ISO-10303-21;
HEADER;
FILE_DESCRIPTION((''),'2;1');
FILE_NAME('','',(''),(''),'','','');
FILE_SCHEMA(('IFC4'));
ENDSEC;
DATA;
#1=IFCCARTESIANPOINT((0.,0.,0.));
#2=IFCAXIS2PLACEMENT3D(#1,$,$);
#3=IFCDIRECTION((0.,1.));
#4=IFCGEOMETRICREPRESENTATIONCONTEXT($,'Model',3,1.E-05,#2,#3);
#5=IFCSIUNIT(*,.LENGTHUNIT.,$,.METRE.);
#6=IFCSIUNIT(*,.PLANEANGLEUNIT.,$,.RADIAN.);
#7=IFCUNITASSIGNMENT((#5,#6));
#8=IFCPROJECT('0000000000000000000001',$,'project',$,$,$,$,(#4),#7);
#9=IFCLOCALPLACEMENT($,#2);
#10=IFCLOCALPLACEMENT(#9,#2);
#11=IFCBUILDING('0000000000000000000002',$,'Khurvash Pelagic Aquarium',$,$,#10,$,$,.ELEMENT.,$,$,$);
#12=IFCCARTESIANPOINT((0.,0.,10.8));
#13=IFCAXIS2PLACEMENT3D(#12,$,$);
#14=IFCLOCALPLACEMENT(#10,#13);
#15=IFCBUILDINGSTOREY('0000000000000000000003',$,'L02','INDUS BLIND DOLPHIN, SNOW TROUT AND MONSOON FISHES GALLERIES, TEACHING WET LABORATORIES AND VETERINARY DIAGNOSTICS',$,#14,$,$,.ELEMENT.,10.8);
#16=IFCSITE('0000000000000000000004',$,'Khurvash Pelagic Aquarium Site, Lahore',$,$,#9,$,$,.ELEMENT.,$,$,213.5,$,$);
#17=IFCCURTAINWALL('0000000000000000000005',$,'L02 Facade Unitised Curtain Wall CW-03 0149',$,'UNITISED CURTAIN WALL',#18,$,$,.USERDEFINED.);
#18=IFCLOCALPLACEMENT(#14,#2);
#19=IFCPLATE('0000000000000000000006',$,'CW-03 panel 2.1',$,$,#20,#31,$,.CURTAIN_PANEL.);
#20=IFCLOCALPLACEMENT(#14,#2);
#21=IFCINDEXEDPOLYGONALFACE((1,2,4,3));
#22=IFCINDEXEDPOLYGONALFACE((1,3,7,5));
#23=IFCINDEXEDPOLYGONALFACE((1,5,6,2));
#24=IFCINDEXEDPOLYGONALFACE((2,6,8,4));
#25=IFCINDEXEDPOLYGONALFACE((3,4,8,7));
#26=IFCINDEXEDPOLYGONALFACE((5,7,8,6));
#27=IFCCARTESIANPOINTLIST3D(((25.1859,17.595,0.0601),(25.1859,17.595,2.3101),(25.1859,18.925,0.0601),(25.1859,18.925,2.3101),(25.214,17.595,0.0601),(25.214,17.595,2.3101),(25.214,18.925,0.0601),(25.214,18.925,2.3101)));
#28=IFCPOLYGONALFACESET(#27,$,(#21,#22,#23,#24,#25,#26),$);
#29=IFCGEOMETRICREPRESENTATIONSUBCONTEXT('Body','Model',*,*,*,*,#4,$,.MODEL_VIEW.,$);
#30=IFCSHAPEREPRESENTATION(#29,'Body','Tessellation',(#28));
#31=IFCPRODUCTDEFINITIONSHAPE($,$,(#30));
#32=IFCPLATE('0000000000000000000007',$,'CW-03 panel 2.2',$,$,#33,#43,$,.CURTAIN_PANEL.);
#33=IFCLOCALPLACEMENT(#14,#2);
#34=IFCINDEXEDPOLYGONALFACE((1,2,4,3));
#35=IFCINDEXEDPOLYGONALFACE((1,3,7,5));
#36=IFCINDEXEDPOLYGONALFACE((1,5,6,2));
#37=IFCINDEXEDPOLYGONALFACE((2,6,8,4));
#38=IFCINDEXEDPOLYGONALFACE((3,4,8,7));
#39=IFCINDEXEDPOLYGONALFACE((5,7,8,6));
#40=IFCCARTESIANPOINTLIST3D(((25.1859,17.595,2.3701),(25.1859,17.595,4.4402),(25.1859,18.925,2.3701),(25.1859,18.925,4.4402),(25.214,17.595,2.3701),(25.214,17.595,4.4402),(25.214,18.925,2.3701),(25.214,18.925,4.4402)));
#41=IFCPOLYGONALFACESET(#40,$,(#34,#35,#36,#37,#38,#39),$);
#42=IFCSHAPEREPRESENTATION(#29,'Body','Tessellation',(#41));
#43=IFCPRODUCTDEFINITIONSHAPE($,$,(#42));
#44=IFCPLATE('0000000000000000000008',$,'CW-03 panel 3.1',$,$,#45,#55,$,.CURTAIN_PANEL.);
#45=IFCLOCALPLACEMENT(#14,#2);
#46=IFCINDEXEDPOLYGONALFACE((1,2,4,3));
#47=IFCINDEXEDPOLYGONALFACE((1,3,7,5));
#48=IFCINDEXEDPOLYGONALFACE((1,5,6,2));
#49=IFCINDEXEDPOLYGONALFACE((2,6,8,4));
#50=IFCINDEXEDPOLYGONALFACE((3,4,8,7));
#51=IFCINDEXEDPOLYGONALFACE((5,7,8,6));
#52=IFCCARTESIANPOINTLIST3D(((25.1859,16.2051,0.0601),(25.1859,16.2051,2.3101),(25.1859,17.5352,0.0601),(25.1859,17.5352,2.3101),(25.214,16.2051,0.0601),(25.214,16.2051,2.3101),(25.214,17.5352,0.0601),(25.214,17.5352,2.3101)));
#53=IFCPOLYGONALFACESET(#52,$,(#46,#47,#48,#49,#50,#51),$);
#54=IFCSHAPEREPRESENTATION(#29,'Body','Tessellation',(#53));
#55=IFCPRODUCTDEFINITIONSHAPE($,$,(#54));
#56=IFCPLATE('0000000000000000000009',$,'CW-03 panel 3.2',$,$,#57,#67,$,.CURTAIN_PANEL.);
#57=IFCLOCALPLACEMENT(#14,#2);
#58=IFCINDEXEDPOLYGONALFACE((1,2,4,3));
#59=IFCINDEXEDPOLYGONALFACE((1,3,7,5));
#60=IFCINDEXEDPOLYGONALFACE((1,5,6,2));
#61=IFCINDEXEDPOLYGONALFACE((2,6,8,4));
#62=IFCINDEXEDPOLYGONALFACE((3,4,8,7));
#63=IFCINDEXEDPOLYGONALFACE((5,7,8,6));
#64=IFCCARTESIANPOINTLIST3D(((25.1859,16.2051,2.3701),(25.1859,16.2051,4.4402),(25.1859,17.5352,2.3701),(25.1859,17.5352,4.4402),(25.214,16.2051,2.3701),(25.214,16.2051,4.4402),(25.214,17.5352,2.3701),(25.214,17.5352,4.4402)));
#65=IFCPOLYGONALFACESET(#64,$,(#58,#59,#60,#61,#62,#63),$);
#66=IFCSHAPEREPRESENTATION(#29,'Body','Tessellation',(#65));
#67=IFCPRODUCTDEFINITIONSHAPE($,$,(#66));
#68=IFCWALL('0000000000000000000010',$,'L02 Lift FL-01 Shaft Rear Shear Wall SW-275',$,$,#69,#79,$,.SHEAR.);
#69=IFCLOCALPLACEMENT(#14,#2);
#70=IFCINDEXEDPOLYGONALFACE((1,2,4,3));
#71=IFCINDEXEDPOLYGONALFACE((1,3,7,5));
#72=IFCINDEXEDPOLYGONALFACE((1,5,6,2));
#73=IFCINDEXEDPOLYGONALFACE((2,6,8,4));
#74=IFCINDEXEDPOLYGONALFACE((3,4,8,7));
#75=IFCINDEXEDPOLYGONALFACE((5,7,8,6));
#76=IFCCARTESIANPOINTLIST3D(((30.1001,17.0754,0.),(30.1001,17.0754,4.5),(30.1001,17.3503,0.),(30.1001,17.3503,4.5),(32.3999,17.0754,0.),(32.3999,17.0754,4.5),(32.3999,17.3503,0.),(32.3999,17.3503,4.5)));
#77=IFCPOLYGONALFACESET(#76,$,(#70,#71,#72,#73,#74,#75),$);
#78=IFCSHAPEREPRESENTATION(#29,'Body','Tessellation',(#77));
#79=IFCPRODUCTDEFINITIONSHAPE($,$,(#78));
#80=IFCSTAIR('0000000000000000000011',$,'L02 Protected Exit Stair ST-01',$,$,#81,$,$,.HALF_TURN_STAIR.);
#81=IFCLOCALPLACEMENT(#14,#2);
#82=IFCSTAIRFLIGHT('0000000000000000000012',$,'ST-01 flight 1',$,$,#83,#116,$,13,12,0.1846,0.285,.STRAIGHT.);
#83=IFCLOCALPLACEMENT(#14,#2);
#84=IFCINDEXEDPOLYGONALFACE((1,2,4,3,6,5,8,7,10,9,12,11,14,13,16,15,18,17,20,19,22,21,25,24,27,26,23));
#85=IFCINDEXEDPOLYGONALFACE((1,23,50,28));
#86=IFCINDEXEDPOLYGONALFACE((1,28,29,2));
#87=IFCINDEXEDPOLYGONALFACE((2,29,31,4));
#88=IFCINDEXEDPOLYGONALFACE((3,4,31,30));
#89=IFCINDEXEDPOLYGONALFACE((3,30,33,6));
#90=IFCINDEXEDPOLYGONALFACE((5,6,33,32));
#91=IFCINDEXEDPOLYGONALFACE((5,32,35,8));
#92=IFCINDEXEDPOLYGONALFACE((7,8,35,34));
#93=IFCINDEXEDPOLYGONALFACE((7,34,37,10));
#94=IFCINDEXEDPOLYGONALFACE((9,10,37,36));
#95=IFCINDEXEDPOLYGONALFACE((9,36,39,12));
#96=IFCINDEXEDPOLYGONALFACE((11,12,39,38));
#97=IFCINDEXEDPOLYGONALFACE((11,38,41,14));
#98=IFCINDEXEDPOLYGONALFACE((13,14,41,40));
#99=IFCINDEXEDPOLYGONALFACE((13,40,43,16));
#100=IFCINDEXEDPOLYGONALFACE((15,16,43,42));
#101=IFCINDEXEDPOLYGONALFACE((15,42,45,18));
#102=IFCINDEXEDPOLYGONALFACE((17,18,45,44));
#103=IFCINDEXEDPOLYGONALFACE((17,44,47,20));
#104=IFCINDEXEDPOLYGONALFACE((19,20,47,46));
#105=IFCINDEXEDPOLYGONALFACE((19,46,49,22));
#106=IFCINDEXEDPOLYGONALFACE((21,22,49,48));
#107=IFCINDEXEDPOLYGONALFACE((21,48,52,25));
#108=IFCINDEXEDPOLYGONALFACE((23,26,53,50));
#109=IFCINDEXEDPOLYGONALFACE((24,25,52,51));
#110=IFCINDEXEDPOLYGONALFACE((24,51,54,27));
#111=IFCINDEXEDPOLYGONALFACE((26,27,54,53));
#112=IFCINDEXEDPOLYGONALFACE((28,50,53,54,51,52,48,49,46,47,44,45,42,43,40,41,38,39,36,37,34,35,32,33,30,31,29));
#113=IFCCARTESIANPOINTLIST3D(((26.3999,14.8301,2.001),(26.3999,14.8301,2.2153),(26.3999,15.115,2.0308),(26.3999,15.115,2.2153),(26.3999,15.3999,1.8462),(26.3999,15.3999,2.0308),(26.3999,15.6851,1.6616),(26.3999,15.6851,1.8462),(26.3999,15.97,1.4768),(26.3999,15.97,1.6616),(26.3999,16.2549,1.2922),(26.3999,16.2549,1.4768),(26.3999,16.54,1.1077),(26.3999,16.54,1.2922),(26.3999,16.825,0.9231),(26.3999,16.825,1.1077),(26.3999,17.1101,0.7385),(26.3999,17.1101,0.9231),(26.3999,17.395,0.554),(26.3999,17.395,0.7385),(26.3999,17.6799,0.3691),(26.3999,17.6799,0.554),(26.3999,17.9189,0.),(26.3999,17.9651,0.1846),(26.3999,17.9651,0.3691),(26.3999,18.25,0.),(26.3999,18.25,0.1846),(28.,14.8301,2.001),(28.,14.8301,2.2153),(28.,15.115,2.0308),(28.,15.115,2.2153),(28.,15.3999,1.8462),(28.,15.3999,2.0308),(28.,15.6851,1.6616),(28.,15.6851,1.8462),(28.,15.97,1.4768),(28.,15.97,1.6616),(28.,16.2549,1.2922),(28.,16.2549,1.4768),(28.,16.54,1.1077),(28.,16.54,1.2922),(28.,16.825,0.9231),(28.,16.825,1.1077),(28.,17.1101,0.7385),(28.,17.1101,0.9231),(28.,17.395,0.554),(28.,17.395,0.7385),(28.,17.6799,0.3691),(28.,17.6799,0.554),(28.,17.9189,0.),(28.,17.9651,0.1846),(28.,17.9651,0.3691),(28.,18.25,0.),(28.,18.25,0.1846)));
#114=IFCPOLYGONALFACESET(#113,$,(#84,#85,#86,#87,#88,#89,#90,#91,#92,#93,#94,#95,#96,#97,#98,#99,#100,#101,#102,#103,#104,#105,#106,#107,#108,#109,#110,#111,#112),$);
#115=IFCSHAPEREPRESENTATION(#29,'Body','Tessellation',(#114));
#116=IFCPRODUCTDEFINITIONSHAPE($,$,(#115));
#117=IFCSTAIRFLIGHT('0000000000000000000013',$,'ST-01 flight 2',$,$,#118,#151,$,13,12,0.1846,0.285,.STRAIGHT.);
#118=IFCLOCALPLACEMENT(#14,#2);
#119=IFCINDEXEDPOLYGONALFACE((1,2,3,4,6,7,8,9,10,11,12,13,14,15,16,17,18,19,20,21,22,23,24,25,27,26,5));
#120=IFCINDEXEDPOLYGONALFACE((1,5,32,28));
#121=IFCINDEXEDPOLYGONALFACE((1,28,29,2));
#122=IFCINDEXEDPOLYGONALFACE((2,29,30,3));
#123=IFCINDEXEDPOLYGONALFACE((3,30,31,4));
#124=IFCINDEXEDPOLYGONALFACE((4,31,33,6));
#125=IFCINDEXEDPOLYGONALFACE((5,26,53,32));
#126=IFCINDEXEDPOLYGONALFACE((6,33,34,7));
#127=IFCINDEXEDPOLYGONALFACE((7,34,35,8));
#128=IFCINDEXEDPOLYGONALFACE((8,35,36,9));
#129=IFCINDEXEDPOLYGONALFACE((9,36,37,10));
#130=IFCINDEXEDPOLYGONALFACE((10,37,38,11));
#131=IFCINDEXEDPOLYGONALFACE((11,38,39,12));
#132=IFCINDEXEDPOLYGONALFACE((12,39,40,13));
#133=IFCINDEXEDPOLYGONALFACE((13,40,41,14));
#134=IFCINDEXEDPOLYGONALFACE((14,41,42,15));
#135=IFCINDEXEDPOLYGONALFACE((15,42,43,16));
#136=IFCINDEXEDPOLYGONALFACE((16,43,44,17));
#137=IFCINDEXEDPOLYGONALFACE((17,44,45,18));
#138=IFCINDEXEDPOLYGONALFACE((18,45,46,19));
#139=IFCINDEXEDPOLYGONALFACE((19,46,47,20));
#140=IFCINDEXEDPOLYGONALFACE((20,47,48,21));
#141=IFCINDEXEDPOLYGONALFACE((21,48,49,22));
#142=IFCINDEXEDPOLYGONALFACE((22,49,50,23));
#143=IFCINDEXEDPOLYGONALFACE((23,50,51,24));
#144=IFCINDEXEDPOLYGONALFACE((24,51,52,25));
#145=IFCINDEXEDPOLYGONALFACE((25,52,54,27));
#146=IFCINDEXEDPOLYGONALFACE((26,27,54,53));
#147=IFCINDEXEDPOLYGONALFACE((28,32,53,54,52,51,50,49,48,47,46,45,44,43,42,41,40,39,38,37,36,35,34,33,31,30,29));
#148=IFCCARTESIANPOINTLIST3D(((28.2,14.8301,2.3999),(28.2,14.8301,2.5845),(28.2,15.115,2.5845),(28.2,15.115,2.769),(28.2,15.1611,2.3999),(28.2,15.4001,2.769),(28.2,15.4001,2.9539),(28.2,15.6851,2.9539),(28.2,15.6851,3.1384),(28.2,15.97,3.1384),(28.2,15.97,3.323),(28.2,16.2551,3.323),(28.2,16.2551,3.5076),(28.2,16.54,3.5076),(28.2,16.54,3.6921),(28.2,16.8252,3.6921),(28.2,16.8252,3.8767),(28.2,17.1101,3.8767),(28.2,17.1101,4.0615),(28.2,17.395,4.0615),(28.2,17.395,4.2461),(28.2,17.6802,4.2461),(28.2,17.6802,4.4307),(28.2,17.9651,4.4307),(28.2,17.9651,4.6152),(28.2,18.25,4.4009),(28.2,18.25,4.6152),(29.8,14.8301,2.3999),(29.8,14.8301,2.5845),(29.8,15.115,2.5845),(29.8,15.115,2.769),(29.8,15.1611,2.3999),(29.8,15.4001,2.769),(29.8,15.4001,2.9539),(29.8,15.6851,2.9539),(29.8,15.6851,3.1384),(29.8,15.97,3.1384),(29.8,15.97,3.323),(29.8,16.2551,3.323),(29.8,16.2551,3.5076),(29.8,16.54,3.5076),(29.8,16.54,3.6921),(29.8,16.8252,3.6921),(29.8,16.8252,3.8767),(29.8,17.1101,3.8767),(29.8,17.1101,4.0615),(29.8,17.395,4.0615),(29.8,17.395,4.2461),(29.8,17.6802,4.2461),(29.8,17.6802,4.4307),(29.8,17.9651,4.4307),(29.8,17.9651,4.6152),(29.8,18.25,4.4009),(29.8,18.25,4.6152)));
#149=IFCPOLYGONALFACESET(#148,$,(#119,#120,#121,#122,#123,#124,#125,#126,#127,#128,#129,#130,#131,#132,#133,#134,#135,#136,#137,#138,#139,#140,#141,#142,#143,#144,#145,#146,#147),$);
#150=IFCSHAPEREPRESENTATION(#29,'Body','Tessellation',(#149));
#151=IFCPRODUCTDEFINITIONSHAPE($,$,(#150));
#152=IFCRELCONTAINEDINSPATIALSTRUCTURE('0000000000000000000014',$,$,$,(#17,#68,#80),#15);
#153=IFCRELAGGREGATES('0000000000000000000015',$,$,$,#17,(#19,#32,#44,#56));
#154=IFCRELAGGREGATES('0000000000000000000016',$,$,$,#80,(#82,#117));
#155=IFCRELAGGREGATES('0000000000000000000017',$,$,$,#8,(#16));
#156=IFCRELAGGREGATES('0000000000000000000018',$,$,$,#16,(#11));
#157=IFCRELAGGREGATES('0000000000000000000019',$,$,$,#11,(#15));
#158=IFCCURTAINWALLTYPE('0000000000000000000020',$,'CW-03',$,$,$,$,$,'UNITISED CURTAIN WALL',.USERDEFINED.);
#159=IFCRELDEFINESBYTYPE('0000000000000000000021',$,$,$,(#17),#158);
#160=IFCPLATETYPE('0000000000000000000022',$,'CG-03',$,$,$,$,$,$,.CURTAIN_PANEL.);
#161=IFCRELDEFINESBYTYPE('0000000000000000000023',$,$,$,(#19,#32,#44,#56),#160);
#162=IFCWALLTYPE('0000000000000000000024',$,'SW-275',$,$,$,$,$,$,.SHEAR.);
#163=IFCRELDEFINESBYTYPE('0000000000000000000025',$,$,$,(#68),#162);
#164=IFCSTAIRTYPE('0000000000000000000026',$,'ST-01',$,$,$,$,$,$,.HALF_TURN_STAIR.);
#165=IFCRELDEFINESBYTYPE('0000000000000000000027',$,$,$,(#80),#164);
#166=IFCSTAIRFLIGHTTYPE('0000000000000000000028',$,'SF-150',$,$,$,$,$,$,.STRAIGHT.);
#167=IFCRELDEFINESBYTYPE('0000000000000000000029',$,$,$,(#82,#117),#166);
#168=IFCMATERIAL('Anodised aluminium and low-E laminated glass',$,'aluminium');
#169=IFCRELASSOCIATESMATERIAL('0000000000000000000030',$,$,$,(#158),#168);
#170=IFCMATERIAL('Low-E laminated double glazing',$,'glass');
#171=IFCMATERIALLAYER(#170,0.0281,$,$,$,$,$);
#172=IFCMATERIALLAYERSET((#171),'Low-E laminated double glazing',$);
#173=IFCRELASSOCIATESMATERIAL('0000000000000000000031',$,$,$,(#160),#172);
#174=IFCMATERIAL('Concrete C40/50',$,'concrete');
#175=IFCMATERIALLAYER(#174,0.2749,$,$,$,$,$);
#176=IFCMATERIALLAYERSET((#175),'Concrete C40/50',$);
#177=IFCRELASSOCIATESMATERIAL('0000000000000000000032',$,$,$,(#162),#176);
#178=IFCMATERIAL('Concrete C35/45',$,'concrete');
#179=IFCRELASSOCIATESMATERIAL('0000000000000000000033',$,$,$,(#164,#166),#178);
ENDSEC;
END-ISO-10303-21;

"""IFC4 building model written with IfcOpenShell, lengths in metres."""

from ifc_helpers import new_model, si_unit, direction, frame, frame_2d, origin, origin_2d, place, context, subcontext, project, spatial, polyline, rectangle, outline, extrude, material, layer, layer_set, type_object, element, aggregate, save


model = new_model("IFC4")

# Units and contexts
model_context = context("Model", 3, precision=1e-05, world=origin(), true_north=direction((0.0, 1.0)))
body_context = subcontext(model_context, "Body", "Model", "MODEL_VIEW")
ifc_project = project(units=[si_unit("LENGTHUNIT", "METRE"), si_unit("PLANEANGLEUNIT", "RADIAN")], contexts=[model_context])

# Site, building, storey
site_placement = place(None, origin())
site = spatial("IfcSite", under=ifc_project, at=site_placement, Name="Khurvash Pelagic Aquarium Site, Lahore", CompositionType="ELEMENT", RefElevation=213.5)
building_placement = place(site_placement, origin())
building = spatial("IfcBuilding", under=site, at=building_placement, Name="Khurvash Pelagic Aquarium", CompositionType="ELEMENT")
storey_placement = place(building_placement, frame((0.0, 0.0, 10.8)))
storey = spatial("IfcBuildingStorey", under=building, at=storey_placement, Name="L02", Description="INDUS BLIND DOLPHIN, SNOW TROUT AND MONSOON FISHES GALLERIES, TEACHING WET LABORATORIES AND VETERINARY DIAGNOSTICS", CompositionType="ELEMENT", Elevation=10.8)

# Shared definitions
ifc_material_1 = material(Name="Concrete C35/45", Category="concrete")

# Curtain wall
ifc_material_2 = material(Name="Anodised aluminium and low-E laminated glass", Category="aluminium")
curtain_wall_type = type_object("IfcCurtainWallType", Name="CW-03", ElementType="UNITISED CURTAIN WALL", PredefinedType="USERDEFINED", material=ifc_material_2)
curtain_wall_placement = place(storey_placement, origin())
curtain_wall = element("IfcCurtainWall", 1, at=curtain_wall_placement, inside=storey, type_object=curtain_wall_type, Name="L02 Facade Unitised Curtain Wall CW-03 0149", ObjectType="UNITISED CURTAIN WALL", PredefinedType="USERDEFINED")

# Plates
ifc_material_3 = material(Name="Low-E laminated double glazing", Category="glass")
ifc_layer_1 = layer(ifc_material_3, 0.0281)
ifc_layer_set_1 = layer_set([ifc_layer_1], Name="Low-E laminated double glazing")
plate_type = type_object("IfcPlateType", Name="CG-03", PredefinedType="CURTAIN_PANEL", material=ifc_layer_set_1)
plate_1_placement = place(storey_placement, frame((25.2, 18.26, 0.0601), z_axis=(0.0, 0.0, 1.0), x_axis=(0.0, -1.0, 0.0)))
plate_1 = element("IfcPlate", 2, at=plate_1_placement, type_object=plate_type, Name="CW-03 panel 2.1", PredefinedType="CURTAIN_PANEL", context=body_context, shape_type="SweptSolid", body=[
    extrude(rectangle(XDim=1.3301, YDim=0.0281, at=origin_2d()), origin(), (0.0, 0.0, 1.0), 2.25),
])
plate_2_placement = place(storey_placement, frame((25.2, 18.26, 2.3701), z_axis=(0.0, 0.0, 1.0), x_axis=(0.0, -1.0, 0.0)))
plate_2 = element("IfcPlate", 3, at=plate_2_placement, type_object=plate_type, Name="CW-03 panel 2.2", PredefinedType="CURTAIN_PANEL", context=body_context, shape_type="SweptSolid", body=[
    extrude(rectangle(XDim=1.3301, YDim=0.0281, at=origin_2d()), origin(), (0.0, 0.0, 1.0), 2.0701),
])
plate_3_placement = place(storey_placement, frame((25.2, 16.8701, 0.0601), z_axis=(0.0, 0.0, 1.0), x_axis=(0.0, -1.0, 0.0)))
plate_3 = element("IfcPlate", 4, at=plate_3_placement, type_object=plate_type, Name="CW-03 panel 3.1", PredefinedType="CURTAIN_PANEL", context=body_context, shape_type="SweptSolid", body=[
    extrude(rectangle(XDim=1.3301, YDim=0.0281, at=origin_2d()), origin(), (0.0, 0.0, 1.0), 2.25),
])
plate_4_placement = place(storey_placement, frame((25.2, 16.8701, 2.3701), z_axis=(0.0, 0.0, 1.0), x_axis=(0.0, -1.0, 0.0)))
plate_4 = element("IfcPlate", 5, at=plate_4_placement, type_object=plate_type, Name="CW-03 panel 3.2", PredefinedType="CURTAIN_PANEL", context=body_context, shape_type="SweptSolid", body=[
    extrude(rectangle(XDim=1.3301, YDim=0.0281, at=origin_2d()), origin(), (0.0, 0.0, 1.0), 2.0701),
])
aggregate(curtain_wall, [plate_1, plate_2, plate_3, plate_4])

# Wall
ifc_material_4 = material(Name="Concrete C40/50", Category="concrete")
ifc_layer_2 = layer(ifc_material_4, 0.2749)
ifc_layer_set_2 = layer_set([ifc_layer_2], Name="Concrete C40/50")
wall_type = type_object("IfcWallType", Name="SW-275", PredefinedType="SHEAR", material=ifc_layer_set_2)
wall_placement = place(storey_placement, frame((30.1001, 17.2129, 0.0), z_axis=(0.0, 0.0, 1.0), x_axis=(1.0, 0.0, 0.0)))
element("IfcWall", 6, at=wall_placement, inside=storey, type_object=wall_type, Name="L02 Lift FL-01 Shaft Rear Shear Wall SW-275", PredefinedType="SHEAR", context=body_context, shape_type="SweptSolid", body=[
    extrude(rectangle(XDim=2.2998, YDim=0.2749, at=frame_2d((1.1499, 0.0))), origin(), (0.0, 0.0, 1.0), 4.5),
])

# Stair, stair flights
stair_type = type_object("IfcStairType", Name="ST-01", PredefinedType="HALF_TURN_STAIR", material=ifc_material_1)
stair_placement = place(storey_placement, origin())
stair = element("IfcStair", 7, at=stair_placement, inside=storey, type_object=stair_type, Name="L02 Protected Exit Stair ST-01", PredefinedType="HALF_TURN_STAIR")
stair_flight_type = type_object("IfcStairFlightType", Name="SF-150", PredefinedType="STRAIGHT", material=ifc_material_1)
stair_flight_1_placement = place(storey_placement, frame((27.2, 18.25, 0.0), z_axis=(0.0, 0.0, 1.0), x_axis=(0.0, -1.0, 0.0)))
stair_flight_1 = element("IfcStairFlight", 8, at=stair_flight_1_placement, type_object=stair_flight_type, Name="ST-01 flight 1", NumberOfRisers=13, NumberOfTreads=12, PredefinedType="STRAIGHT", RiserHeight=0.1846, TreadLength=0.285, context=body_context, shape_type="SweptSolid", body=[
    extrude(outline(polyline([(0.0, 0.0), (0.0, 0.1846), (0.2849, 0.1846), (0.2849, 0.3691), (0.5701, 0.3691), (0.5701, 0.554), (0.855, 0.554), (0.855, 0.7385), (1.1399, 0.7385), (1.1399, 0.9231), (1.425, 0.9231), (1.425, 1.1077), (1.71, 1.1077), (1.71, 1.2922), (1.9951, 1.2922), (1.9951, 1.4768), (2.28, 1.4768), (2.28, 1.6616), (2.5649, 1.6616), (2.5649, 1.8462), (2.8501, 1.8462), (2.8501, 2.0308), (3.135, 2.0308), (3.135, 2.2153), (3.4199, 2.2153), (3.4199, 2.3999), (3.4199, 2.001), (0.3311, 0.0), (0.0, 0.0)])), frame((0.0, 0.8, 0.0), z_axis=(0.0, -1.0, 0.0), x_axis=(1.0, 0.0, 0.0)), (0.0, 0.0, 1.0), 1.6001),
])
stair_flight_2_placement = place(storey_placement, frame((29.0, 14.8301, 2.3999), z_axis=(0.0, 0.0, 1.0), x_axis=(0.0, 1.0, 0.0)))
stair_flight_2 = element("IfcStairFlight", 9, at=stair_flight_2_placement, type_object=stair_flight_type, Name="ST-01 flight 2", NumberOfRisers=13, NumberOfTreads=12, PredefinedType="STRAIGHT", RiserHeight=0.1846, TreadLength=0.285, context=body_context, shape_type="SweptSolid", body=[
    extrude(outline(polyline([(0.0, 0.0), (0.0, 0.1846), (0.2849, 0.1846), (0.2849, 0.3691), (0.5701, 0.3691), (0.5701, 0.554), (0.855, 0.554), (0.855, 0.7385), (1.1399, 0.7385), (1.1399, 0.9231), (1.425, 0.9231), (1.425, 1.1077), (1.71, 1.1077), (1.71, 1.2922), (1.9951, 1.2922), (1.9951, 1.4768), (2.28, 1.4768), (2.28, 1.6616), (2.5649, 1.6616), (2.5649, 1.8462), (2.8501, 1.8462), (2.8501, 2.0308), (3.135, 2.0308), (3.135, 2.2153), (3.4199, 2.2153), (3.4199, 2.3999), (3.4199, 2.001), (0.3311, 0.0), (0.0, 0.0)])), frame((0.0, 0.8, 0.0), z_axis=(0.0, -1.0, 0.0), x_axis=(1.0, 0.0, 0.0)), (0.0, 0.0, 1.0), 1.6001),
])
aggregate(stair, [stair_flight_1, stair_flight_2])

save(model, "model.ifc")
